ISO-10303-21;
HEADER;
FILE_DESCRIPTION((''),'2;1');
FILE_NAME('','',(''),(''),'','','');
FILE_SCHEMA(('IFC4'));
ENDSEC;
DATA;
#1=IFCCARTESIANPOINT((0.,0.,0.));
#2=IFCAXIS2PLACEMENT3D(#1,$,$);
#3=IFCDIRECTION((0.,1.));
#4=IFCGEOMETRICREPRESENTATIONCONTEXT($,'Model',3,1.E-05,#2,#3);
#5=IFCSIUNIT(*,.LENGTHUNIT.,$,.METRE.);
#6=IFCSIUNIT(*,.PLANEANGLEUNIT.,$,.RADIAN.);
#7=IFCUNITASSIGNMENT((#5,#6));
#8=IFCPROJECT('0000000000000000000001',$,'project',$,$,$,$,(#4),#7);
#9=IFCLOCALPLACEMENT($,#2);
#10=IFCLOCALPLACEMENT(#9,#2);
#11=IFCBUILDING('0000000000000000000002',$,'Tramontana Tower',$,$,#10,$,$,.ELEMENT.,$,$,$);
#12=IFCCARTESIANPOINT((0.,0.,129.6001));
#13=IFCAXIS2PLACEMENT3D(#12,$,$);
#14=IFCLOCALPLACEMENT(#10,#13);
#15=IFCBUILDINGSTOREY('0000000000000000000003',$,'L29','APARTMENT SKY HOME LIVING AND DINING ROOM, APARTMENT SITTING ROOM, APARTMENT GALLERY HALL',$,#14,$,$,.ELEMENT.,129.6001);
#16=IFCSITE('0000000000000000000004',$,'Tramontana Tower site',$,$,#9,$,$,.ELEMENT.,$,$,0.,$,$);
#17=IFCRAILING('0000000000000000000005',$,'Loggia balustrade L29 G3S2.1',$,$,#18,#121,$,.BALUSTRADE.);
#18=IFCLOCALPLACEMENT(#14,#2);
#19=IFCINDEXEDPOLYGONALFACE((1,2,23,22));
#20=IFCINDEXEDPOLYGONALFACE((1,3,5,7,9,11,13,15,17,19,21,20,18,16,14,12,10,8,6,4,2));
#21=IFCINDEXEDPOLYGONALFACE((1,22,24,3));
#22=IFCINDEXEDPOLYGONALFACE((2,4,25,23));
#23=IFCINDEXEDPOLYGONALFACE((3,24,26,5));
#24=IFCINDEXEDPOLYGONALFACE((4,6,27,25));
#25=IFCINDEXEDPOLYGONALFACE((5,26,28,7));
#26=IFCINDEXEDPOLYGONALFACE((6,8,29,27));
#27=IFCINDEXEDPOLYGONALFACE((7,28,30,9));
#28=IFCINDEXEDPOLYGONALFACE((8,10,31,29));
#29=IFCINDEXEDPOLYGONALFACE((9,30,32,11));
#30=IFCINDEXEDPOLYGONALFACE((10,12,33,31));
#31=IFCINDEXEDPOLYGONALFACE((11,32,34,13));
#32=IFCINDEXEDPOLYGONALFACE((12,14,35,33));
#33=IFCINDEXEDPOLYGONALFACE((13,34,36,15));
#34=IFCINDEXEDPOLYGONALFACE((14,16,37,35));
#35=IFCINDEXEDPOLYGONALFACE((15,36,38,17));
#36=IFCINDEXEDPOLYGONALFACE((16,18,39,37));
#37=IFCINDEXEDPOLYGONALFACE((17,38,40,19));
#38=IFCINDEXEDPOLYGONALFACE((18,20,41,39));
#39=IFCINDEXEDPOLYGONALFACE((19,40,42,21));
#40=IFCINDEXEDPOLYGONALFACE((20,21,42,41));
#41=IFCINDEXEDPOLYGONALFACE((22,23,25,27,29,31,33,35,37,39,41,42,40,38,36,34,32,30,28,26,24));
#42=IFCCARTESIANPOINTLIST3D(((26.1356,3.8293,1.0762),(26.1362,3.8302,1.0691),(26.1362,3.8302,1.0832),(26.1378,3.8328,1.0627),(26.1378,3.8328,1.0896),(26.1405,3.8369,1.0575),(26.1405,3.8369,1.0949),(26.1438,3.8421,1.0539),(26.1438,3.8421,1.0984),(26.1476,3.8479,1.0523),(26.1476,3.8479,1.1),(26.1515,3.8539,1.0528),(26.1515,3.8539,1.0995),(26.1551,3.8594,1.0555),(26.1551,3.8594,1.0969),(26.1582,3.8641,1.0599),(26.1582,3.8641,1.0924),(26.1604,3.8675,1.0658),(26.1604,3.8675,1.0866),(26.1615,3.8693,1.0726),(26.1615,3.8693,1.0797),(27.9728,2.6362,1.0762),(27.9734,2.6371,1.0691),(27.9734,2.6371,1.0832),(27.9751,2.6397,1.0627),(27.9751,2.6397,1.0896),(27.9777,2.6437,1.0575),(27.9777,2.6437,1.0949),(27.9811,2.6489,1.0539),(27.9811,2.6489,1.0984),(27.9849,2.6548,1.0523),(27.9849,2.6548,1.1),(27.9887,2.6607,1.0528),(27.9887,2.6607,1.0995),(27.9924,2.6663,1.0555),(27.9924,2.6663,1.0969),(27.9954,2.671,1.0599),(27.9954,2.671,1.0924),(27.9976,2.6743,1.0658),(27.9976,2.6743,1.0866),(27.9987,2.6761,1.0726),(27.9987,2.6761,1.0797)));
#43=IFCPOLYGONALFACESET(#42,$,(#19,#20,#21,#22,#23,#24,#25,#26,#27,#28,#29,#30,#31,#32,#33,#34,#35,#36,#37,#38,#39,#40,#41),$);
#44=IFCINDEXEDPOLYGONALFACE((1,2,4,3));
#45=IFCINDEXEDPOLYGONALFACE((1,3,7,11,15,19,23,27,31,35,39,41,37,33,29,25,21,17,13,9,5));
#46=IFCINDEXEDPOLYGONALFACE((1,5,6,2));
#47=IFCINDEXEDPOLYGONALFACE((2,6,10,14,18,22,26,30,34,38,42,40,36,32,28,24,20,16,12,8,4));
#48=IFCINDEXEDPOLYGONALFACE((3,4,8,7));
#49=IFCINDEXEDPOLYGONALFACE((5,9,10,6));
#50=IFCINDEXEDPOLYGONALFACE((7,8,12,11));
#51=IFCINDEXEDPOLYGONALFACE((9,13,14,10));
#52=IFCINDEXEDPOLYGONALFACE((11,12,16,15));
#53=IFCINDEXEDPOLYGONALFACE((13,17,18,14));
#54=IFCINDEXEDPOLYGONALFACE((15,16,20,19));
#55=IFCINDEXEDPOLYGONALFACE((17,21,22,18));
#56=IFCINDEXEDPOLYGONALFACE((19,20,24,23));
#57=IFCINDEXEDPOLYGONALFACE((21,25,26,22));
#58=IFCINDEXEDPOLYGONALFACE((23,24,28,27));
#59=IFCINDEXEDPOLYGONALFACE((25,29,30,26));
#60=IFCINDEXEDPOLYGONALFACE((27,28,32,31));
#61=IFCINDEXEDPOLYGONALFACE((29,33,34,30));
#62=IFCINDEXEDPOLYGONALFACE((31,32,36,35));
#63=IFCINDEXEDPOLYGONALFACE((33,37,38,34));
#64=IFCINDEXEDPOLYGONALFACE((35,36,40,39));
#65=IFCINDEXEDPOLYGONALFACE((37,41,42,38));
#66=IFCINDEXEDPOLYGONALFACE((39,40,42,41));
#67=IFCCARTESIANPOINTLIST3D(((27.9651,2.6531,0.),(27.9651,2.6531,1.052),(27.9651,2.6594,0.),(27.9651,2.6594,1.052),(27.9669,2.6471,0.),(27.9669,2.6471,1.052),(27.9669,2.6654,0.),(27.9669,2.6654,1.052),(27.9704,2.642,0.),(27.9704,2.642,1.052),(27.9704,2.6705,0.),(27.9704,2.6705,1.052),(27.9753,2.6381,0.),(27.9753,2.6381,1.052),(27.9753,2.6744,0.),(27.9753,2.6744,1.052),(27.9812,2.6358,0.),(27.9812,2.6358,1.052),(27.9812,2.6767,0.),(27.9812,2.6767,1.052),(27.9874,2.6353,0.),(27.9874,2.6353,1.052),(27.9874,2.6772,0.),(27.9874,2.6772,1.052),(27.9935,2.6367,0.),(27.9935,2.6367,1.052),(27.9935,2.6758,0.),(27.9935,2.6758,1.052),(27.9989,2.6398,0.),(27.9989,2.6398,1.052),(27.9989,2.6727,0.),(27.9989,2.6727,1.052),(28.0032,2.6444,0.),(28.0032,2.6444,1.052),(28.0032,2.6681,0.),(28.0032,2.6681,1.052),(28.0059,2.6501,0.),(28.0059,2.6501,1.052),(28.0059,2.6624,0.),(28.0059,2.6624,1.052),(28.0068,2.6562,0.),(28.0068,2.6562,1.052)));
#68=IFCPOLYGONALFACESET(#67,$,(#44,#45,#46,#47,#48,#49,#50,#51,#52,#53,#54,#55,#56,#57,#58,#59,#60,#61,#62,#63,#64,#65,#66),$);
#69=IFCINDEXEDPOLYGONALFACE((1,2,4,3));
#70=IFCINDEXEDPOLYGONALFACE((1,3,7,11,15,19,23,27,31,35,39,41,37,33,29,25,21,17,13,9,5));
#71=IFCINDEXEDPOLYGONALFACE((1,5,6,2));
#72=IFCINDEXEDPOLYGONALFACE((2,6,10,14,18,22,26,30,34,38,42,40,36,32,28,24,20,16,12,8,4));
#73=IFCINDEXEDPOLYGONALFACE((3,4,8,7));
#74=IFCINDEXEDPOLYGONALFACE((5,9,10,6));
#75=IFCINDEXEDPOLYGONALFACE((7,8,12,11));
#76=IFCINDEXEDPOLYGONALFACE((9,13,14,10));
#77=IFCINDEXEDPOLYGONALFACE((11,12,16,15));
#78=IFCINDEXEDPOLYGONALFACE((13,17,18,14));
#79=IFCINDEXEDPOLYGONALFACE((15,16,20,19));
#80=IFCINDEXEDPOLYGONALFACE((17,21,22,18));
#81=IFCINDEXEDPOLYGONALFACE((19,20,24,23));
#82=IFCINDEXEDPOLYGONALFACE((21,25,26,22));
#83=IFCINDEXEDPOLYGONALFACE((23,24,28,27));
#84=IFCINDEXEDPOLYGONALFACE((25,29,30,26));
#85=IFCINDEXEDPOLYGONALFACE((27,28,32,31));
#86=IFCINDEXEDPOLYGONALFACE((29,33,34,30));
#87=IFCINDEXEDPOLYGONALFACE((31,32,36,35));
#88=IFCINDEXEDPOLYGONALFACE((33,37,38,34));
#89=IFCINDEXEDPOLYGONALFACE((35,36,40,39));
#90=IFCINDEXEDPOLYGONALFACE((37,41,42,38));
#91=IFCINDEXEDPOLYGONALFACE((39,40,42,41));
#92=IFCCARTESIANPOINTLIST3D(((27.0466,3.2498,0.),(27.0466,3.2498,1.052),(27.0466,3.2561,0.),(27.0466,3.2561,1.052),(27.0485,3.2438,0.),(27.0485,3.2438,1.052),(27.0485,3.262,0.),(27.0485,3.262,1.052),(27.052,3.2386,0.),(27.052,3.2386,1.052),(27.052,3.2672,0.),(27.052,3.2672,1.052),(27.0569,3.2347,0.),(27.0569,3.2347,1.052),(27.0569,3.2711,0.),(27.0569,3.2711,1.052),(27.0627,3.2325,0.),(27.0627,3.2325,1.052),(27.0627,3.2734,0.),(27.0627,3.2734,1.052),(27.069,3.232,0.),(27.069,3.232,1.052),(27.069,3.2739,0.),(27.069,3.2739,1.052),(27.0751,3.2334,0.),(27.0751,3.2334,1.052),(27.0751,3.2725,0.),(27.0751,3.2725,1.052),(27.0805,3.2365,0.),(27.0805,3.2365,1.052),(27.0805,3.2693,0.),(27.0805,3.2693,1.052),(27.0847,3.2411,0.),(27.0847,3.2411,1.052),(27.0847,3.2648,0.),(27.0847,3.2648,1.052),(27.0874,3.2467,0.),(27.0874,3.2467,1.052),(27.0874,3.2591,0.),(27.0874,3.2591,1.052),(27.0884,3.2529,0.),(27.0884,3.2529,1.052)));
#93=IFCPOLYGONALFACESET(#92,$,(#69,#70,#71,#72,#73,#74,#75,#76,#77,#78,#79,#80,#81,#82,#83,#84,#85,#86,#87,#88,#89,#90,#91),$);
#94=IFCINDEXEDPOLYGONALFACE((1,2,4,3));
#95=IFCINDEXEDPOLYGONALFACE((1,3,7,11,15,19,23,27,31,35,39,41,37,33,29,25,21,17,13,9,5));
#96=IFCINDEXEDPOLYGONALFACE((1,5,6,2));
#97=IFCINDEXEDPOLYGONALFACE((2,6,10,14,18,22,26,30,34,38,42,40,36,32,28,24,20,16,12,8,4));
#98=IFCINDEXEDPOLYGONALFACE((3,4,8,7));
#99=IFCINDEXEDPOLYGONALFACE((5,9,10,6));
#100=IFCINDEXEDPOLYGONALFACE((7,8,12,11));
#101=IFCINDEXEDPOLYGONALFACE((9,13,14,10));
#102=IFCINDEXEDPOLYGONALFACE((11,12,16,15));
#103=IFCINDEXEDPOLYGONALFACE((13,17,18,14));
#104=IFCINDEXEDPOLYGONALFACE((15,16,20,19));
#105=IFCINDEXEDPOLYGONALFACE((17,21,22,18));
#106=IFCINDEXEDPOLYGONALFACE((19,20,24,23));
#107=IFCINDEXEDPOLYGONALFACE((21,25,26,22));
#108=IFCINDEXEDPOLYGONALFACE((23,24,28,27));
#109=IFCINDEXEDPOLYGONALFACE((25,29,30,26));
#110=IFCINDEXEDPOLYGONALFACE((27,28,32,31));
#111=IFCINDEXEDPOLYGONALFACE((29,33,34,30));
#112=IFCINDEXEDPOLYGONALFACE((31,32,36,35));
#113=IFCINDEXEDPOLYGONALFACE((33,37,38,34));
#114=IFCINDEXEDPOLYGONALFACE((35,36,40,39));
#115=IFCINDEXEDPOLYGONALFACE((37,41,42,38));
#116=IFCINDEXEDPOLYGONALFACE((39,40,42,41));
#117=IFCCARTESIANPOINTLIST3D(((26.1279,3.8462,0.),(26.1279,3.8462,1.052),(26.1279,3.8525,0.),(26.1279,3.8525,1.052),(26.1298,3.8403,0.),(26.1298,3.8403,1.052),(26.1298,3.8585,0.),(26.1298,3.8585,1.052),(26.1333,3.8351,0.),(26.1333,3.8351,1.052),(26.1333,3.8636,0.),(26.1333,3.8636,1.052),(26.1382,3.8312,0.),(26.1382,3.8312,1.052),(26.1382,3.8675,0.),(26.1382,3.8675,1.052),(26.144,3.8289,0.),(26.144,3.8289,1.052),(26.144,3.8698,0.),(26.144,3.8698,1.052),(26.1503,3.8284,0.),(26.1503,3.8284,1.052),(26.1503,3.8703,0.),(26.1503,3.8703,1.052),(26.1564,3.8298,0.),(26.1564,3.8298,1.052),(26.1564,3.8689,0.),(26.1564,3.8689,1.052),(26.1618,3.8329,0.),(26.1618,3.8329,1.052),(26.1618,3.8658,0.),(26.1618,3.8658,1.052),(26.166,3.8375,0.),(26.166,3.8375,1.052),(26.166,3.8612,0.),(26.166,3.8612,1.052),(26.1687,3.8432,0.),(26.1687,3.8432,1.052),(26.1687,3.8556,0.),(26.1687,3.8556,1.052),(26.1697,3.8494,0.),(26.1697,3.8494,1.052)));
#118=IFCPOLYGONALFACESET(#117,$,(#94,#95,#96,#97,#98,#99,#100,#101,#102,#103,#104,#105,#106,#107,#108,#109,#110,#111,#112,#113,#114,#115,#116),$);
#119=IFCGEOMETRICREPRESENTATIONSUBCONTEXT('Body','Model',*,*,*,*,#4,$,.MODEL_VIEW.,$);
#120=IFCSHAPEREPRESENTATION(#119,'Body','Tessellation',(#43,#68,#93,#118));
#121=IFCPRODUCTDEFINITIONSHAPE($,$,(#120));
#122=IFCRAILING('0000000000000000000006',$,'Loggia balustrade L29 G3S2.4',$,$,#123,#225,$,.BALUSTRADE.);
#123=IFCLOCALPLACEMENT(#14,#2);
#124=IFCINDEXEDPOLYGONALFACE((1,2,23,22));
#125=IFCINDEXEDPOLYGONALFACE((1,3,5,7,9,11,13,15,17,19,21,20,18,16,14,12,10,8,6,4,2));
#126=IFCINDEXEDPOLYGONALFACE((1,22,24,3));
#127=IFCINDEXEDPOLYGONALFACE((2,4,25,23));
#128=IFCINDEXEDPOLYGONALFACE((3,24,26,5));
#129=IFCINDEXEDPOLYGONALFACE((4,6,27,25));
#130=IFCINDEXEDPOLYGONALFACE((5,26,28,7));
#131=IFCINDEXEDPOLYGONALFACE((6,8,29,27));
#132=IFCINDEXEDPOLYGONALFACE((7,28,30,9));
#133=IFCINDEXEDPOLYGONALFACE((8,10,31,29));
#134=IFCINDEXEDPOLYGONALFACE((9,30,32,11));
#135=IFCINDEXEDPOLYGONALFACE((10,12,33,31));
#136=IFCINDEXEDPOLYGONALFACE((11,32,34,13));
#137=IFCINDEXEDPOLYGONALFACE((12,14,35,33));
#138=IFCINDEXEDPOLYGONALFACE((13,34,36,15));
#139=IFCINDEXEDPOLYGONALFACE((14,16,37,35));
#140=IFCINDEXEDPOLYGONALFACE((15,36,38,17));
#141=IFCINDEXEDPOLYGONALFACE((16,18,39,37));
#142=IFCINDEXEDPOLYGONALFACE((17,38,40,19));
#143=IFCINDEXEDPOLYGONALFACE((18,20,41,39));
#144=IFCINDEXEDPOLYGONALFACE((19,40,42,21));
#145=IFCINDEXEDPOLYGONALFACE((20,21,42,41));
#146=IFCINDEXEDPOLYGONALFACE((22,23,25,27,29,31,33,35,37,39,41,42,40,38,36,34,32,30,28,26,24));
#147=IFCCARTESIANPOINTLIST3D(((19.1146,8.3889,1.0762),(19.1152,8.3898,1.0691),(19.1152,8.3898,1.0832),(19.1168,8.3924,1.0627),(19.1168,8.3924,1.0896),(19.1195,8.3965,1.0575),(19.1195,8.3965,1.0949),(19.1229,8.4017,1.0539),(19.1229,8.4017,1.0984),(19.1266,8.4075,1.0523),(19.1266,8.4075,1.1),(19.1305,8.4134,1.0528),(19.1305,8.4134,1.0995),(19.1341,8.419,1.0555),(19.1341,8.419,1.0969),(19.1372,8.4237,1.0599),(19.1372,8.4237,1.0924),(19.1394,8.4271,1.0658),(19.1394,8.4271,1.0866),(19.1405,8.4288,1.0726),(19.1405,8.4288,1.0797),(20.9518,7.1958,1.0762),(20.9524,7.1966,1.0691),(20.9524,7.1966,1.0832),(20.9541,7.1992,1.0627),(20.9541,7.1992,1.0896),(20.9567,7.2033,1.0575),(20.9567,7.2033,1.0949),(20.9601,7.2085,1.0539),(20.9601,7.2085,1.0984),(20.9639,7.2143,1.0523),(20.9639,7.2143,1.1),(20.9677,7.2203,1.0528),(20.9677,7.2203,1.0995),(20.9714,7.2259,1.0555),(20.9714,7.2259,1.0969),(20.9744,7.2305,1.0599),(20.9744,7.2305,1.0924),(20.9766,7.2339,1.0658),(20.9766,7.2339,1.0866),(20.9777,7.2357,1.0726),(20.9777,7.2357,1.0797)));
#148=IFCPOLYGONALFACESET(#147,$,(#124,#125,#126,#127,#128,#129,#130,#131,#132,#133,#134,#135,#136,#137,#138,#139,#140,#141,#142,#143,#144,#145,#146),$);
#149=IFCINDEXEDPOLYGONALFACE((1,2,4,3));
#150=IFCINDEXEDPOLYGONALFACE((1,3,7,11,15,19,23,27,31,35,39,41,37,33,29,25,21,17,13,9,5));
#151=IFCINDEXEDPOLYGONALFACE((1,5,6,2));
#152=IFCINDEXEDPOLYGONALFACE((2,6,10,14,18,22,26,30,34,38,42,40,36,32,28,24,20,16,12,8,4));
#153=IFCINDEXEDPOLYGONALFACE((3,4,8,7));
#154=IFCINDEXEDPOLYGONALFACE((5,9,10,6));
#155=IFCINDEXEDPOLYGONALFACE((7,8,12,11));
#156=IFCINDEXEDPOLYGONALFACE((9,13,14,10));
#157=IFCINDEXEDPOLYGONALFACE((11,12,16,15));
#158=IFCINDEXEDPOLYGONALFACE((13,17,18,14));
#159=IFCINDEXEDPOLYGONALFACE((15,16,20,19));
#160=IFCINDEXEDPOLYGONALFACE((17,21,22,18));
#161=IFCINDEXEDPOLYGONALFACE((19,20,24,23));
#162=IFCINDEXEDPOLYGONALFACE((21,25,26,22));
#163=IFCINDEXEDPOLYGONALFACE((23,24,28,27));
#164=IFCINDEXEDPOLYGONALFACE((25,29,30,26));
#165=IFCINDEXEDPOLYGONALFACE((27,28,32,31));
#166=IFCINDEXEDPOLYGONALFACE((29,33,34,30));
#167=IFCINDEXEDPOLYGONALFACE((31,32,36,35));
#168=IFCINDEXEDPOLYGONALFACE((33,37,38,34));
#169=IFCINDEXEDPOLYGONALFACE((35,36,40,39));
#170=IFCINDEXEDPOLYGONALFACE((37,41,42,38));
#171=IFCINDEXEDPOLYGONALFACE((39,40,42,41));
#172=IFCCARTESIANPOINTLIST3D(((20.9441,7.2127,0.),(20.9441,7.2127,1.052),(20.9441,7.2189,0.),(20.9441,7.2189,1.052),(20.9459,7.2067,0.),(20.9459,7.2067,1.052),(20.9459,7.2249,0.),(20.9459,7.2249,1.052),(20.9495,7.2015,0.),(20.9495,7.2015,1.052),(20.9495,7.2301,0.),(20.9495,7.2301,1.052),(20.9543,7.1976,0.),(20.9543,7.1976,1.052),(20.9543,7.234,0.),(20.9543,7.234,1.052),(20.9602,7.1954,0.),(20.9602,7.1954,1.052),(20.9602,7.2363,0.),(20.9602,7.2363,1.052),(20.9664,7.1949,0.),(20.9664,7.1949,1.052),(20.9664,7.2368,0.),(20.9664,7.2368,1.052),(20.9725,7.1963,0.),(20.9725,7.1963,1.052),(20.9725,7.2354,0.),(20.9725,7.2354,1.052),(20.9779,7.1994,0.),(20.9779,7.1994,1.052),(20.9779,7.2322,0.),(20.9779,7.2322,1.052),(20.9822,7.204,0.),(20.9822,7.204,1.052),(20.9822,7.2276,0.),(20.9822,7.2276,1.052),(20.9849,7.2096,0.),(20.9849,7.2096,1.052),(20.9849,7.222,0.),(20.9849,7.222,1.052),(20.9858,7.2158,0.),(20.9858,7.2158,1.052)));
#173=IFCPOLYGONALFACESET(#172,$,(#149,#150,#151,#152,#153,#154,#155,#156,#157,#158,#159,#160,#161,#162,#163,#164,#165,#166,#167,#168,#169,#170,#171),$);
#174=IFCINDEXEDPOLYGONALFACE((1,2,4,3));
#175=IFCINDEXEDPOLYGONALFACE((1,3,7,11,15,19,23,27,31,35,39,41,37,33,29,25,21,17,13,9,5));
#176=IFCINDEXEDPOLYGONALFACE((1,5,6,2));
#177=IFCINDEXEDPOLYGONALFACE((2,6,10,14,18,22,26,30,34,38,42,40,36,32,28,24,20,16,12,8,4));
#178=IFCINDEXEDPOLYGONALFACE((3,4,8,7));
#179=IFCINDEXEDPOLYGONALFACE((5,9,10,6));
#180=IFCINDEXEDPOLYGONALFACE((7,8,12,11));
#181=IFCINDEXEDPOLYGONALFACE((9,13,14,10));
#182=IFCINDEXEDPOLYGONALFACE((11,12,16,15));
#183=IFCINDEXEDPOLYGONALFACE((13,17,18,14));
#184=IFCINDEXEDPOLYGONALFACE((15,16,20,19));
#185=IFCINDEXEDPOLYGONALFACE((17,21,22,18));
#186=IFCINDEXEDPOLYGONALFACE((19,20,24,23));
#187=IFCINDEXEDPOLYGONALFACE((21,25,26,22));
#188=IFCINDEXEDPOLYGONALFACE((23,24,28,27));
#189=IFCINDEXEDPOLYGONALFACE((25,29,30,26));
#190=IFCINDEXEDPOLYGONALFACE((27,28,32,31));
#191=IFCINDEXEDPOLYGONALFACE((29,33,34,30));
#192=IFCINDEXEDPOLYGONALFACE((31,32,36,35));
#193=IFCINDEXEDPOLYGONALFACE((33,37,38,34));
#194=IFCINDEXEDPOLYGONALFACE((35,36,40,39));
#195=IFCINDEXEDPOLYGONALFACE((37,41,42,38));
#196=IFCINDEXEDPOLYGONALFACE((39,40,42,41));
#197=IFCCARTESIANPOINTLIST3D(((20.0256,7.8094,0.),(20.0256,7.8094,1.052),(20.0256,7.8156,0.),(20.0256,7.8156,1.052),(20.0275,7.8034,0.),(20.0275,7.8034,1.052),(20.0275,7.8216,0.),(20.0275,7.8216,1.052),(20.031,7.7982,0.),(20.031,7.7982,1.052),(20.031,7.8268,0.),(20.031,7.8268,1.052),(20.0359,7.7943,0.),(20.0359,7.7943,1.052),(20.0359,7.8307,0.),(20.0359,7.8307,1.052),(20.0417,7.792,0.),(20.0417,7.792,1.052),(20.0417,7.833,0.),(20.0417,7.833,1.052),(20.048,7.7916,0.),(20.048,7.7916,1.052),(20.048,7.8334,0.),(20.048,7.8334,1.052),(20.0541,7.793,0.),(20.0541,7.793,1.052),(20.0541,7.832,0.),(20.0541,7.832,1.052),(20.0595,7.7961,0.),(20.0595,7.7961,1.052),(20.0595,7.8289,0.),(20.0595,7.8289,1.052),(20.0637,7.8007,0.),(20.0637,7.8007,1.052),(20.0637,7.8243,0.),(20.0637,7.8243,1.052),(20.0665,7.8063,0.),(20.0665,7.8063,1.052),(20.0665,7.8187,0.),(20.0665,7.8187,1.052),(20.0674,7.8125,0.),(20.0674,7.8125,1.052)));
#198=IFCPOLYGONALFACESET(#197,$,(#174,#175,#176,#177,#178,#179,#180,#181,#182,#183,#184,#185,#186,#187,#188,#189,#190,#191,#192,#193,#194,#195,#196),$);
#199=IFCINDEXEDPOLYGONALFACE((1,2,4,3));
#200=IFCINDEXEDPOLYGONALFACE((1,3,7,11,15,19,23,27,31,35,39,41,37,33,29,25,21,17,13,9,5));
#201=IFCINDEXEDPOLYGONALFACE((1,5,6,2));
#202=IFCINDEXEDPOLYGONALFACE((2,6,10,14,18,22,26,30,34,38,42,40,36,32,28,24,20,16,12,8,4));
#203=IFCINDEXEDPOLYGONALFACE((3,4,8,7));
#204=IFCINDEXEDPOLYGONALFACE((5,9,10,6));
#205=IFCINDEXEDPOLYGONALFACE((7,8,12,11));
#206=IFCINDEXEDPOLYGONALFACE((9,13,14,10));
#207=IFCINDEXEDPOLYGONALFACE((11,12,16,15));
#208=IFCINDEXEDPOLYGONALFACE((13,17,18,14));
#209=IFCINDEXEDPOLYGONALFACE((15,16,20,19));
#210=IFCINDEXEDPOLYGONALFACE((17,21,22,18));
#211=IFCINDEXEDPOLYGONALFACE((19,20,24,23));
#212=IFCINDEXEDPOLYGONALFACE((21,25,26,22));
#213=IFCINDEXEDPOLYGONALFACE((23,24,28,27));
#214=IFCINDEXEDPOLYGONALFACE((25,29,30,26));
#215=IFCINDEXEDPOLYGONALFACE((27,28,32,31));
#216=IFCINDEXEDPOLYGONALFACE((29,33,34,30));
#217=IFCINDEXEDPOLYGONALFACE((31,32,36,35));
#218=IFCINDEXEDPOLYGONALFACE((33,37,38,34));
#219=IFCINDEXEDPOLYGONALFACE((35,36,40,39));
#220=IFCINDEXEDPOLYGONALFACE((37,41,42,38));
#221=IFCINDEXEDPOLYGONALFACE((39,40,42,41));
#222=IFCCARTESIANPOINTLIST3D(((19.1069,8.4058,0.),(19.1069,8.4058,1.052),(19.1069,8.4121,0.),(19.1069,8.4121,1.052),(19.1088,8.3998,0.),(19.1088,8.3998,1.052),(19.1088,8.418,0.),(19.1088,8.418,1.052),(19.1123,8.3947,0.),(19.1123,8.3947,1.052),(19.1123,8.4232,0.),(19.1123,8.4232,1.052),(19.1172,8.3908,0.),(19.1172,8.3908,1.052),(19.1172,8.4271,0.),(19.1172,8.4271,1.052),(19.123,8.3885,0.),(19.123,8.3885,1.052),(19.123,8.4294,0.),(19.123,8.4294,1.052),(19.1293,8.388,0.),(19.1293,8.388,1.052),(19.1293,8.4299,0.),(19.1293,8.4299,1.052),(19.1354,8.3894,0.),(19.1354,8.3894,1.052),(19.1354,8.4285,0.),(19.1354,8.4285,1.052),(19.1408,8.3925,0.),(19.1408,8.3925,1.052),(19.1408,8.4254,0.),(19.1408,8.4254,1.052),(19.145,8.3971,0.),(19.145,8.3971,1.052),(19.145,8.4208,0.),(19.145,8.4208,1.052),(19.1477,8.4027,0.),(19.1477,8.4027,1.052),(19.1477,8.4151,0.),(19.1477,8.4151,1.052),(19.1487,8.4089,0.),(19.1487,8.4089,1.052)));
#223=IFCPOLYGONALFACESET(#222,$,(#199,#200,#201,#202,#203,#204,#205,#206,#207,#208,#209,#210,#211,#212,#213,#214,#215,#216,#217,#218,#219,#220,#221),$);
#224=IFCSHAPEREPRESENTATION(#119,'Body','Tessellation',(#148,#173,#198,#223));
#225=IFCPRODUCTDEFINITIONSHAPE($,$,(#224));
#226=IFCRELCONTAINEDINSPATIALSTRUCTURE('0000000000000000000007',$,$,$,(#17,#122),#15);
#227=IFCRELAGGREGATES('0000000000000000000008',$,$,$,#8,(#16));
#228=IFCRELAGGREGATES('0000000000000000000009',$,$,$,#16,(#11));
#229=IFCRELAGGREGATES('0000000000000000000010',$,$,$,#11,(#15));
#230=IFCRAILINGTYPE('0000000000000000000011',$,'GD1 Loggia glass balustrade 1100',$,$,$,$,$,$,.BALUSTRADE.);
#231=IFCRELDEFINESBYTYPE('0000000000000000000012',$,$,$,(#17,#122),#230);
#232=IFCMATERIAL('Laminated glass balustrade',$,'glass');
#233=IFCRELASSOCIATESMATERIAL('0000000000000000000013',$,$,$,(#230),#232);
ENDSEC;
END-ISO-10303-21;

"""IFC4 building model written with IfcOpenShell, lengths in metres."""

from ifc_helpers import new_model, si_unit, direction, frame, origin, origin_2d, place, context, subcontext, project, spatial, circle, extrude, material, type_object, element, save


model = new_model("IFC4")

# Units and contexts
model_context = context("Model", 3, precision=1e-05, world=origin(), true_north=direction((0.0, 1.0)))
body_context = subcontext(model_context, "Body", "Model", "MODEL_VIEW")
ifc_project = project(units=[si_unit("LENGTHUNIT", "METRE"), si_unit("PLANEANGLEUNIT", "RADIAN")], contexts=[model_context])

# Site, building, storey
site_placement = place(None, origin())
site = spatial("IfcSite", under=ifc_project, at=site_placement, Name="Tramontana Tower site", CompositionType="ELEMENT", RefElevation=0.0)
building_placement = place(site_placement, origin())
building = spatial("IfcBuilding", under=site, at=building_placement, Name="Tramontana Tower", CompositionType="ELEMENT")
storey_placement = place(building_placement, frame((0.0, 0.0, 129.6001)))
storey = spatial("IfcBuildingStorey", under=building, at=storey_placement, Name="L29", Description="APARTMENT SKY HOME LIVING AND DINING ROOM, APARTMENT SITTING ROOM, APARTMENT GALLERY HALL", CompositionType="ELEMENT", Elevation=129.6001)

# Railings
ifc_material_1 = material(Name="Laminated glass balustrade", Category="glass")
railing_type = type_object("IfcRailingType", Name="GD1 Loggia glass balustrade 1100", PredefinedType="BALUSTRADE", material=ifc_material_1)
for number, where, name in (
    (1, (27.9858, 2.6562, 0.0), "Loggia balustrade L29 G3S2.1"),
    (2, (20.9648, 7.2158, 0.0), "Loggia balustrade L29 G3S2.4"),
):
    element("IfcRailing", number, at=place(storey_placement, frame(where)), inside=storey, type_object=railing_type, Name=name, PredefinedType="BALUSTRADE", context=body_context, shape_type="SweptSolid", body=[
        extrude(circle(Radius=0.0239, at=origin_2d()), frame((0.0, 0.0, 1.0762), z_axis=(-0.83866, 0.544655, 0.0), x_axis=(-0.544655, -0.83866, 0.0)), (0.0, 0.0, 1.0), 2.1907),
        extrude(circle(Radius=0.021, at=origin_2d()), origin(), (0.0, 0.0, 1.0), 1.052),
        extrude(circle(Radius=0.021, at=origin_2d()), frame((-0.9185, 0.5967, 0.0)), (0.0, 0.0, 1.0), 1.052),
        extrude(circle(Radius=0.021, at=origin_2d()), frame((-1.8372, 1.1931, 0.0)), (0.0, 0.0, 1.0), 1.052),
    ])

save(model, "model.ifc")
